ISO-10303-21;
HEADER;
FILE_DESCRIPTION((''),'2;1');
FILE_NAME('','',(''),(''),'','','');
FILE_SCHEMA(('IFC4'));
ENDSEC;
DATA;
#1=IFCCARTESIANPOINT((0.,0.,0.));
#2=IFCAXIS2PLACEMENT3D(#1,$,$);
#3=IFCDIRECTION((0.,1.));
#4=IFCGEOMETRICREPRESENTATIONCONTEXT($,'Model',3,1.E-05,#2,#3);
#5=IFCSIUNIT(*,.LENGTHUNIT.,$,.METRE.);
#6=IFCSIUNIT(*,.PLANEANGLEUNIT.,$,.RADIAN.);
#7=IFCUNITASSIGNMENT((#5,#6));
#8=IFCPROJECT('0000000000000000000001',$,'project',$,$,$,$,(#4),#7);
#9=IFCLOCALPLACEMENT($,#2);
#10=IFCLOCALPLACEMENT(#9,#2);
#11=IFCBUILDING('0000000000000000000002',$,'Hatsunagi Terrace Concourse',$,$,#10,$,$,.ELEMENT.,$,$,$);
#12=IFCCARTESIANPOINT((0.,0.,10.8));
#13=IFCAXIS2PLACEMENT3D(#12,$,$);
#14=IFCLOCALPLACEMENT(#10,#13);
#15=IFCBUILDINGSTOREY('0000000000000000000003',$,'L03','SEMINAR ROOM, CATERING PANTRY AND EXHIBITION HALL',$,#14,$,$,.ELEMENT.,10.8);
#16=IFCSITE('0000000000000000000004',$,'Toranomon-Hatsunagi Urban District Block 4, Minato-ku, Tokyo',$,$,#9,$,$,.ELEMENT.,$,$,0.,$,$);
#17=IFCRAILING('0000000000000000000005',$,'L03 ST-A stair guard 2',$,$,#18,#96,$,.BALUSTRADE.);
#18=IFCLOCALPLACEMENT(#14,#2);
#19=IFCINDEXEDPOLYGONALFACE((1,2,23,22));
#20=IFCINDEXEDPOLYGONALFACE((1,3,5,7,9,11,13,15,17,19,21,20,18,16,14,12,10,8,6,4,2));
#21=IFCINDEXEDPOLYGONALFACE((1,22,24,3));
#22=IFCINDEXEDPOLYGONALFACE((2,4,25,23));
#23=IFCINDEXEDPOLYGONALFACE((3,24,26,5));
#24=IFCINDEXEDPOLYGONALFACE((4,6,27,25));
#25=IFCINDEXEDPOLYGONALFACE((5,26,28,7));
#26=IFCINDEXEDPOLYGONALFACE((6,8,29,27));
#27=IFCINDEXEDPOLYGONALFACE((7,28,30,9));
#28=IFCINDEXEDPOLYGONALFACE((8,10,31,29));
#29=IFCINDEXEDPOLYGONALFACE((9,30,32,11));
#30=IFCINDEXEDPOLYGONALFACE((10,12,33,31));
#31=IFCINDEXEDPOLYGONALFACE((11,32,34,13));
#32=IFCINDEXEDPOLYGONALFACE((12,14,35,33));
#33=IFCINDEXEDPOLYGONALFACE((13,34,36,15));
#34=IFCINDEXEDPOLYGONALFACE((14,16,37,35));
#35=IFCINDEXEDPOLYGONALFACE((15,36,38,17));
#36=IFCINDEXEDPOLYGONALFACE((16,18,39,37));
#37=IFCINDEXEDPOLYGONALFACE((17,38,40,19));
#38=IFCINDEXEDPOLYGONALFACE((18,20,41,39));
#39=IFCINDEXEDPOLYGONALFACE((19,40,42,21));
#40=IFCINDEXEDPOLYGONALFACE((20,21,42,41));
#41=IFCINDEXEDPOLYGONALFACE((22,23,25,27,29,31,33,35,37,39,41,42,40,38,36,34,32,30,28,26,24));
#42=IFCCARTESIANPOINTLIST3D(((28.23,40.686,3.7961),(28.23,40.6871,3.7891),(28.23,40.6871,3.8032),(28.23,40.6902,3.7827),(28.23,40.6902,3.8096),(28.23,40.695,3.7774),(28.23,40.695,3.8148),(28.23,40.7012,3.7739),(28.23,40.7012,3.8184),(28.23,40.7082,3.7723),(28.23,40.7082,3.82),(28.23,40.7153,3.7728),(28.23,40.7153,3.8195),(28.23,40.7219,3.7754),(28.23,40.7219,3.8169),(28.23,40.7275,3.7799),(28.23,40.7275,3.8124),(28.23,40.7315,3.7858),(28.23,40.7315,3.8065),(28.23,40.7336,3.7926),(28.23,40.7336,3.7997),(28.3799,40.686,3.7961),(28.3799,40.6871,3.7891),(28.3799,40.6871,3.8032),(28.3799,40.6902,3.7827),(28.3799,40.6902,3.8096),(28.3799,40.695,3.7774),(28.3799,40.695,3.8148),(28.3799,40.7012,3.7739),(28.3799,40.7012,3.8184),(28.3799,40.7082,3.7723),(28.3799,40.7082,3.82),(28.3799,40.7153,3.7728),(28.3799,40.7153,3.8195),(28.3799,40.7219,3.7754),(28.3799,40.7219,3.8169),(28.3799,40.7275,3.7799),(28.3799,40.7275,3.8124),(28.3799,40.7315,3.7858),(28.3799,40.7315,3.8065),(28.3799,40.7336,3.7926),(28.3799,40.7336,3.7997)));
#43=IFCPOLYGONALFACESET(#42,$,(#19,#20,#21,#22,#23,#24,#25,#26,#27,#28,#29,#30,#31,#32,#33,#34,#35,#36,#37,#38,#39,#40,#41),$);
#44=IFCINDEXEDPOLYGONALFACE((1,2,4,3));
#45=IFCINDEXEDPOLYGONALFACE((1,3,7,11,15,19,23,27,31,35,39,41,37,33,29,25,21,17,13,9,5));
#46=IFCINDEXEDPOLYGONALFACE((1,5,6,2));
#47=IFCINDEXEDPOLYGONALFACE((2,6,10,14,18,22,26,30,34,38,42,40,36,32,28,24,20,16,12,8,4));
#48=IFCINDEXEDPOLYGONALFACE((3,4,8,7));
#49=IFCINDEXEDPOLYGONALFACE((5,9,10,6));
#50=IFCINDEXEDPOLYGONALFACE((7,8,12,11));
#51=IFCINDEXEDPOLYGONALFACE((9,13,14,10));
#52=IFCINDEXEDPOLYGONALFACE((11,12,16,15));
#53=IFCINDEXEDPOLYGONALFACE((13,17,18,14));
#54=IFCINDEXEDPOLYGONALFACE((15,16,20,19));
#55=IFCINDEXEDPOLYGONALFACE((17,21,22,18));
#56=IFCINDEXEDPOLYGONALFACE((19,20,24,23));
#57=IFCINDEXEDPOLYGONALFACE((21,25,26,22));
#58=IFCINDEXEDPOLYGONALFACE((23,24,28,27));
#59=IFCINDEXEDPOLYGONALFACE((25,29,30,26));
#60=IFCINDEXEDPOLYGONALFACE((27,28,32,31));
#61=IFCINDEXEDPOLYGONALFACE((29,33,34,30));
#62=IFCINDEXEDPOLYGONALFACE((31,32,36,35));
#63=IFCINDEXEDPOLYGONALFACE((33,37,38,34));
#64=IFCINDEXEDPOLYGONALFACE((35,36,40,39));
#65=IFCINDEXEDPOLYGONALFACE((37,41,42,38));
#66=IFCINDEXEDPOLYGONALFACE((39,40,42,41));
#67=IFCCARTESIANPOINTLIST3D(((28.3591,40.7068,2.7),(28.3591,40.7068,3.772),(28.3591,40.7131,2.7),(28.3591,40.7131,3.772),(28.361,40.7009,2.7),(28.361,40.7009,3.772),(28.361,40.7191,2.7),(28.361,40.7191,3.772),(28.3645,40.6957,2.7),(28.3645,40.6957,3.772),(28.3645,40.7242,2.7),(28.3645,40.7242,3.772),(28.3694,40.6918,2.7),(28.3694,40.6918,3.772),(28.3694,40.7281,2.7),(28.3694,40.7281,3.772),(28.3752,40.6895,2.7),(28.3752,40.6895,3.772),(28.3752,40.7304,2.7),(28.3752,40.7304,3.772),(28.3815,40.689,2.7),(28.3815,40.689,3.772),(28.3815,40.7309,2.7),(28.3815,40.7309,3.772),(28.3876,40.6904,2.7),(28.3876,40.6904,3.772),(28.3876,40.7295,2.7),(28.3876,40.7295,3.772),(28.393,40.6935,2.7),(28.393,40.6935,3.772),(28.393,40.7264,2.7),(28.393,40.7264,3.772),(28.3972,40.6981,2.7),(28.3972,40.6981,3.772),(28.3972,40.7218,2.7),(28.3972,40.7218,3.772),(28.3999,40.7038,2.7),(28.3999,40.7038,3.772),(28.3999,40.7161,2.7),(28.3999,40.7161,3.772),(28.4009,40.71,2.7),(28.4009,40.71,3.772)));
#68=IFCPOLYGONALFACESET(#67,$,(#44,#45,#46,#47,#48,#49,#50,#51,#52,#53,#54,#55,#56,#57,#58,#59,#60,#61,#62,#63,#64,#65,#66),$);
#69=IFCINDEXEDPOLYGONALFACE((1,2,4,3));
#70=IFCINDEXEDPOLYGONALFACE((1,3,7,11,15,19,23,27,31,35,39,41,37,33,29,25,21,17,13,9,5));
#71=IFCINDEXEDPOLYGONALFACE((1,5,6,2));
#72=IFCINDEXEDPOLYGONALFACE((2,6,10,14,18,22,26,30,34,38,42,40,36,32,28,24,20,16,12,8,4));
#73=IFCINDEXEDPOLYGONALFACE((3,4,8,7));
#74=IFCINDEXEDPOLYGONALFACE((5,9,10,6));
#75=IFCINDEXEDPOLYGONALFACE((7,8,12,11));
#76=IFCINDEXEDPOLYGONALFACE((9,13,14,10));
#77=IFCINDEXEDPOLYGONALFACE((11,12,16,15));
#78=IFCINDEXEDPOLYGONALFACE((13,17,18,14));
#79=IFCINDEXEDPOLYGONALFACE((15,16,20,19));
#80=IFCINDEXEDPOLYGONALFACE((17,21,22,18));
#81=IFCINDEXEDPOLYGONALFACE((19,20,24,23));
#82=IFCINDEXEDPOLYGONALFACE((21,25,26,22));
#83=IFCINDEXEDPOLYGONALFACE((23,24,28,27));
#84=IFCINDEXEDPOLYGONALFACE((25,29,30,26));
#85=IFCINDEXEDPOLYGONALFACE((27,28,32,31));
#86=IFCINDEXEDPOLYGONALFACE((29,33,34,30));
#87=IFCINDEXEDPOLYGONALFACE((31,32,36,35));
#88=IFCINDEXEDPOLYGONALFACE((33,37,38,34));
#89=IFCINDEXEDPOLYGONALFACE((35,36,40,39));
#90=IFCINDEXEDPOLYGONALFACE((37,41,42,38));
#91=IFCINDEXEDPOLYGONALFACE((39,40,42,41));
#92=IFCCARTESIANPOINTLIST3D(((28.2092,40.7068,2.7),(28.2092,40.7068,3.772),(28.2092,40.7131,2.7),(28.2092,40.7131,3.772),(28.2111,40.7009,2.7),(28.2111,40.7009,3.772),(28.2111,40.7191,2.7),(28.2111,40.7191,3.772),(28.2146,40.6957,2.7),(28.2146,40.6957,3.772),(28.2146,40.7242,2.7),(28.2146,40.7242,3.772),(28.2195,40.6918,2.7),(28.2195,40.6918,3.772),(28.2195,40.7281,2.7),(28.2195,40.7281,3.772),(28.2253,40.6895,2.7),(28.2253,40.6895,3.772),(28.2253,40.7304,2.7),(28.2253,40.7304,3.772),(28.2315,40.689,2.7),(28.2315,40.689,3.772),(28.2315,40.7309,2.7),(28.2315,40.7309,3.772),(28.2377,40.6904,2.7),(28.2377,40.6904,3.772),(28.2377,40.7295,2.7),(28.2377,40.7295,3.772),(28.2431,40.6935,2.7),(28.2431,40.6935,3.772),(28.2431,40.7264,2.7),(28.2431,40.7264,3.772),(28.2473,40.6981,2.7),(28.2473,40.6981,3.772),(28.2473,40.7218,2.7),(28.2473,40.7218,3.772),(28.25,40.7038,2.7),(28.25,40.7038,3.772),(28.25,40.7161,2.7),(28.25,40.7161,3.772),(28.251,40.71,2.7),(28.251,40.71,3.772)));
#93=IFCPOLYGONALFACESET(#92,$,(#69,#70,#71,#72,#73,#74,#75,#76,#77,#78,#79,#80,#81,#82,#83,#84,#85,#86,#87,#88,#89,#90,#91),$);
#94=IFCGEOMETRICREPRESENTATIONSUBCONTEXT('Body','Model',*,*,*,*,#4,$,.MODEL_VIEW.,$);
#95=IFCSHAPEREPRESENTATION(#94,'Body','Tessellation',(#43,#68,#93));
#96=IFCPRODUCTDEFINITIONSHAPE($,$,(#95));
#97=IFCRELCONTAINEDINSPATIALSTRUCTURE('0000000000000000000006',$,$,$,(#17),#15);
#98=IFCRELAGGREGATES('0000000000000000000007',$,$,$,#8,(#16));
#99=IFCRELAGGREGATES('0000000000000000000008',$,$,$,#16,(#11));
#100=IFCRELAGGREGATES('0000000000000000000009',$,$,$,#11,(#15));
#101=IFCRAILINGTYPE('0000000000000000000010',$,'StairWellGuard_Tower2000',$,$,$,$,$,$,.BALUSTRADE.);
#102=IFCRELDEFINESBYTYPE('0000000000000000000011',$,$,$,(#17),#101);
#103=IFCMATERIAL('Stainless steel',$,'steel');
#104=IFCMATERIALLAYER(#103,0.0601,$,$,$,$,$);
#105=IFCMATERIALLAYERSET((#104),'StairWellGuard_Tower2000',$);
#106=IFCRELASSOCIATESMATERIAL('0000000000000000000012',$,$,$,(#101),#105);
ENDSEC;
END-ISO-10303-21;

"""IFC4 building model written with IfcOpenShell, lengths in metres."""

from ifc_helpers import new_model, si_unit, direction, frame, origin, origin_2d, place, context, subcontext, project, spatial, circle, extrude, material, layer, layer_set, type_object, element, save


model = new_model("IFC4")

# Units and contexts
model_context = context("Model", 3, precision=1e-05, world=origin(), true_north=direction((0.0, 1.0)))
body_context = subcontext(model_context, "Body", "Model", "MODEL_VIEW")
ifc_project = project(units=[si_unit("LENGTHUNIT", "METRE"), si_unit("PLANEANGLEUNIT", "RADIAN")], contexts=[model_context])

# Site, building, storey
site_placement = place(None, origin())
site = spatial("IfcSite", under=ifc_project, at=site_placement, Name="Toranomon-Hatsunagi Urban District Block 4, Minato-ku, Tokyo", CompositionType="ELEMENT", RefElevation=0.0)
building_placement = place(site_placement, origin())
building = spatial("IfcBuilding", under=site, at=building_placement, Name="Hatsunagi Terrace Concourse", CompositionType="ELEMENT")
storey_placement = place(building_placement, frame((0.0, 0.0, 10.8)))
storey = spatial("IfcBuildingStorey", under=building, at=storey_placement, Name="L03", Description="SEMINAR ROOM, CATERING PANTRY AND EXHIBITION HALL", CompositionType="ELEMENT", Elevation=10.8)

# Railing
ifc_material_1 = material(Name="Stainless steel", Category="steel")
ifc_layer_1 = layer(ifc_material_1, 0.0601)
ifc_layer_set_1 = layer_set([ifc_layer_1], Name="StairWellGuard_Tower2000")
railing_type_1 = type_object("IfcRailingType", Name="StairWellGuard_Tower2000", PredefinedType="BALUSTRADE", material=ifc_layer_set_1)
railing_1_placement = place(storey_placement, frame((28.3799, 40.71, 2.7)))
element("IfcRailing", 1, at=railing_1_placement, inside=storey, type_object=railing_type_1, Name="L03 ST-A stair guard 2", PredefinedType="BALUSTRADE", context=body_context, shape_type="SweptSolid", body=[
    extrude(circle(Radius=0.0239, at=origin_2d()), frame((0.0, 0.0, 1.0962), z_axis=(-1.0, 0.0, 0.0), x_axis=(0.0, -1.0, 0.0)), (0.0, 0.0, 1.0), 0.1499),
    extrude(circle(Radius=0.021, at=origin_2d()), origin(), (0.0, 0.0, 1.0), 1.072),
    extrude(circle(Radius=0.021, at=origin_2d()), frame((-0.1499, 0.0, 0.0)), (0.0, 0.0, 1.0), 1.072),
])

save(model, "model.ifc")
